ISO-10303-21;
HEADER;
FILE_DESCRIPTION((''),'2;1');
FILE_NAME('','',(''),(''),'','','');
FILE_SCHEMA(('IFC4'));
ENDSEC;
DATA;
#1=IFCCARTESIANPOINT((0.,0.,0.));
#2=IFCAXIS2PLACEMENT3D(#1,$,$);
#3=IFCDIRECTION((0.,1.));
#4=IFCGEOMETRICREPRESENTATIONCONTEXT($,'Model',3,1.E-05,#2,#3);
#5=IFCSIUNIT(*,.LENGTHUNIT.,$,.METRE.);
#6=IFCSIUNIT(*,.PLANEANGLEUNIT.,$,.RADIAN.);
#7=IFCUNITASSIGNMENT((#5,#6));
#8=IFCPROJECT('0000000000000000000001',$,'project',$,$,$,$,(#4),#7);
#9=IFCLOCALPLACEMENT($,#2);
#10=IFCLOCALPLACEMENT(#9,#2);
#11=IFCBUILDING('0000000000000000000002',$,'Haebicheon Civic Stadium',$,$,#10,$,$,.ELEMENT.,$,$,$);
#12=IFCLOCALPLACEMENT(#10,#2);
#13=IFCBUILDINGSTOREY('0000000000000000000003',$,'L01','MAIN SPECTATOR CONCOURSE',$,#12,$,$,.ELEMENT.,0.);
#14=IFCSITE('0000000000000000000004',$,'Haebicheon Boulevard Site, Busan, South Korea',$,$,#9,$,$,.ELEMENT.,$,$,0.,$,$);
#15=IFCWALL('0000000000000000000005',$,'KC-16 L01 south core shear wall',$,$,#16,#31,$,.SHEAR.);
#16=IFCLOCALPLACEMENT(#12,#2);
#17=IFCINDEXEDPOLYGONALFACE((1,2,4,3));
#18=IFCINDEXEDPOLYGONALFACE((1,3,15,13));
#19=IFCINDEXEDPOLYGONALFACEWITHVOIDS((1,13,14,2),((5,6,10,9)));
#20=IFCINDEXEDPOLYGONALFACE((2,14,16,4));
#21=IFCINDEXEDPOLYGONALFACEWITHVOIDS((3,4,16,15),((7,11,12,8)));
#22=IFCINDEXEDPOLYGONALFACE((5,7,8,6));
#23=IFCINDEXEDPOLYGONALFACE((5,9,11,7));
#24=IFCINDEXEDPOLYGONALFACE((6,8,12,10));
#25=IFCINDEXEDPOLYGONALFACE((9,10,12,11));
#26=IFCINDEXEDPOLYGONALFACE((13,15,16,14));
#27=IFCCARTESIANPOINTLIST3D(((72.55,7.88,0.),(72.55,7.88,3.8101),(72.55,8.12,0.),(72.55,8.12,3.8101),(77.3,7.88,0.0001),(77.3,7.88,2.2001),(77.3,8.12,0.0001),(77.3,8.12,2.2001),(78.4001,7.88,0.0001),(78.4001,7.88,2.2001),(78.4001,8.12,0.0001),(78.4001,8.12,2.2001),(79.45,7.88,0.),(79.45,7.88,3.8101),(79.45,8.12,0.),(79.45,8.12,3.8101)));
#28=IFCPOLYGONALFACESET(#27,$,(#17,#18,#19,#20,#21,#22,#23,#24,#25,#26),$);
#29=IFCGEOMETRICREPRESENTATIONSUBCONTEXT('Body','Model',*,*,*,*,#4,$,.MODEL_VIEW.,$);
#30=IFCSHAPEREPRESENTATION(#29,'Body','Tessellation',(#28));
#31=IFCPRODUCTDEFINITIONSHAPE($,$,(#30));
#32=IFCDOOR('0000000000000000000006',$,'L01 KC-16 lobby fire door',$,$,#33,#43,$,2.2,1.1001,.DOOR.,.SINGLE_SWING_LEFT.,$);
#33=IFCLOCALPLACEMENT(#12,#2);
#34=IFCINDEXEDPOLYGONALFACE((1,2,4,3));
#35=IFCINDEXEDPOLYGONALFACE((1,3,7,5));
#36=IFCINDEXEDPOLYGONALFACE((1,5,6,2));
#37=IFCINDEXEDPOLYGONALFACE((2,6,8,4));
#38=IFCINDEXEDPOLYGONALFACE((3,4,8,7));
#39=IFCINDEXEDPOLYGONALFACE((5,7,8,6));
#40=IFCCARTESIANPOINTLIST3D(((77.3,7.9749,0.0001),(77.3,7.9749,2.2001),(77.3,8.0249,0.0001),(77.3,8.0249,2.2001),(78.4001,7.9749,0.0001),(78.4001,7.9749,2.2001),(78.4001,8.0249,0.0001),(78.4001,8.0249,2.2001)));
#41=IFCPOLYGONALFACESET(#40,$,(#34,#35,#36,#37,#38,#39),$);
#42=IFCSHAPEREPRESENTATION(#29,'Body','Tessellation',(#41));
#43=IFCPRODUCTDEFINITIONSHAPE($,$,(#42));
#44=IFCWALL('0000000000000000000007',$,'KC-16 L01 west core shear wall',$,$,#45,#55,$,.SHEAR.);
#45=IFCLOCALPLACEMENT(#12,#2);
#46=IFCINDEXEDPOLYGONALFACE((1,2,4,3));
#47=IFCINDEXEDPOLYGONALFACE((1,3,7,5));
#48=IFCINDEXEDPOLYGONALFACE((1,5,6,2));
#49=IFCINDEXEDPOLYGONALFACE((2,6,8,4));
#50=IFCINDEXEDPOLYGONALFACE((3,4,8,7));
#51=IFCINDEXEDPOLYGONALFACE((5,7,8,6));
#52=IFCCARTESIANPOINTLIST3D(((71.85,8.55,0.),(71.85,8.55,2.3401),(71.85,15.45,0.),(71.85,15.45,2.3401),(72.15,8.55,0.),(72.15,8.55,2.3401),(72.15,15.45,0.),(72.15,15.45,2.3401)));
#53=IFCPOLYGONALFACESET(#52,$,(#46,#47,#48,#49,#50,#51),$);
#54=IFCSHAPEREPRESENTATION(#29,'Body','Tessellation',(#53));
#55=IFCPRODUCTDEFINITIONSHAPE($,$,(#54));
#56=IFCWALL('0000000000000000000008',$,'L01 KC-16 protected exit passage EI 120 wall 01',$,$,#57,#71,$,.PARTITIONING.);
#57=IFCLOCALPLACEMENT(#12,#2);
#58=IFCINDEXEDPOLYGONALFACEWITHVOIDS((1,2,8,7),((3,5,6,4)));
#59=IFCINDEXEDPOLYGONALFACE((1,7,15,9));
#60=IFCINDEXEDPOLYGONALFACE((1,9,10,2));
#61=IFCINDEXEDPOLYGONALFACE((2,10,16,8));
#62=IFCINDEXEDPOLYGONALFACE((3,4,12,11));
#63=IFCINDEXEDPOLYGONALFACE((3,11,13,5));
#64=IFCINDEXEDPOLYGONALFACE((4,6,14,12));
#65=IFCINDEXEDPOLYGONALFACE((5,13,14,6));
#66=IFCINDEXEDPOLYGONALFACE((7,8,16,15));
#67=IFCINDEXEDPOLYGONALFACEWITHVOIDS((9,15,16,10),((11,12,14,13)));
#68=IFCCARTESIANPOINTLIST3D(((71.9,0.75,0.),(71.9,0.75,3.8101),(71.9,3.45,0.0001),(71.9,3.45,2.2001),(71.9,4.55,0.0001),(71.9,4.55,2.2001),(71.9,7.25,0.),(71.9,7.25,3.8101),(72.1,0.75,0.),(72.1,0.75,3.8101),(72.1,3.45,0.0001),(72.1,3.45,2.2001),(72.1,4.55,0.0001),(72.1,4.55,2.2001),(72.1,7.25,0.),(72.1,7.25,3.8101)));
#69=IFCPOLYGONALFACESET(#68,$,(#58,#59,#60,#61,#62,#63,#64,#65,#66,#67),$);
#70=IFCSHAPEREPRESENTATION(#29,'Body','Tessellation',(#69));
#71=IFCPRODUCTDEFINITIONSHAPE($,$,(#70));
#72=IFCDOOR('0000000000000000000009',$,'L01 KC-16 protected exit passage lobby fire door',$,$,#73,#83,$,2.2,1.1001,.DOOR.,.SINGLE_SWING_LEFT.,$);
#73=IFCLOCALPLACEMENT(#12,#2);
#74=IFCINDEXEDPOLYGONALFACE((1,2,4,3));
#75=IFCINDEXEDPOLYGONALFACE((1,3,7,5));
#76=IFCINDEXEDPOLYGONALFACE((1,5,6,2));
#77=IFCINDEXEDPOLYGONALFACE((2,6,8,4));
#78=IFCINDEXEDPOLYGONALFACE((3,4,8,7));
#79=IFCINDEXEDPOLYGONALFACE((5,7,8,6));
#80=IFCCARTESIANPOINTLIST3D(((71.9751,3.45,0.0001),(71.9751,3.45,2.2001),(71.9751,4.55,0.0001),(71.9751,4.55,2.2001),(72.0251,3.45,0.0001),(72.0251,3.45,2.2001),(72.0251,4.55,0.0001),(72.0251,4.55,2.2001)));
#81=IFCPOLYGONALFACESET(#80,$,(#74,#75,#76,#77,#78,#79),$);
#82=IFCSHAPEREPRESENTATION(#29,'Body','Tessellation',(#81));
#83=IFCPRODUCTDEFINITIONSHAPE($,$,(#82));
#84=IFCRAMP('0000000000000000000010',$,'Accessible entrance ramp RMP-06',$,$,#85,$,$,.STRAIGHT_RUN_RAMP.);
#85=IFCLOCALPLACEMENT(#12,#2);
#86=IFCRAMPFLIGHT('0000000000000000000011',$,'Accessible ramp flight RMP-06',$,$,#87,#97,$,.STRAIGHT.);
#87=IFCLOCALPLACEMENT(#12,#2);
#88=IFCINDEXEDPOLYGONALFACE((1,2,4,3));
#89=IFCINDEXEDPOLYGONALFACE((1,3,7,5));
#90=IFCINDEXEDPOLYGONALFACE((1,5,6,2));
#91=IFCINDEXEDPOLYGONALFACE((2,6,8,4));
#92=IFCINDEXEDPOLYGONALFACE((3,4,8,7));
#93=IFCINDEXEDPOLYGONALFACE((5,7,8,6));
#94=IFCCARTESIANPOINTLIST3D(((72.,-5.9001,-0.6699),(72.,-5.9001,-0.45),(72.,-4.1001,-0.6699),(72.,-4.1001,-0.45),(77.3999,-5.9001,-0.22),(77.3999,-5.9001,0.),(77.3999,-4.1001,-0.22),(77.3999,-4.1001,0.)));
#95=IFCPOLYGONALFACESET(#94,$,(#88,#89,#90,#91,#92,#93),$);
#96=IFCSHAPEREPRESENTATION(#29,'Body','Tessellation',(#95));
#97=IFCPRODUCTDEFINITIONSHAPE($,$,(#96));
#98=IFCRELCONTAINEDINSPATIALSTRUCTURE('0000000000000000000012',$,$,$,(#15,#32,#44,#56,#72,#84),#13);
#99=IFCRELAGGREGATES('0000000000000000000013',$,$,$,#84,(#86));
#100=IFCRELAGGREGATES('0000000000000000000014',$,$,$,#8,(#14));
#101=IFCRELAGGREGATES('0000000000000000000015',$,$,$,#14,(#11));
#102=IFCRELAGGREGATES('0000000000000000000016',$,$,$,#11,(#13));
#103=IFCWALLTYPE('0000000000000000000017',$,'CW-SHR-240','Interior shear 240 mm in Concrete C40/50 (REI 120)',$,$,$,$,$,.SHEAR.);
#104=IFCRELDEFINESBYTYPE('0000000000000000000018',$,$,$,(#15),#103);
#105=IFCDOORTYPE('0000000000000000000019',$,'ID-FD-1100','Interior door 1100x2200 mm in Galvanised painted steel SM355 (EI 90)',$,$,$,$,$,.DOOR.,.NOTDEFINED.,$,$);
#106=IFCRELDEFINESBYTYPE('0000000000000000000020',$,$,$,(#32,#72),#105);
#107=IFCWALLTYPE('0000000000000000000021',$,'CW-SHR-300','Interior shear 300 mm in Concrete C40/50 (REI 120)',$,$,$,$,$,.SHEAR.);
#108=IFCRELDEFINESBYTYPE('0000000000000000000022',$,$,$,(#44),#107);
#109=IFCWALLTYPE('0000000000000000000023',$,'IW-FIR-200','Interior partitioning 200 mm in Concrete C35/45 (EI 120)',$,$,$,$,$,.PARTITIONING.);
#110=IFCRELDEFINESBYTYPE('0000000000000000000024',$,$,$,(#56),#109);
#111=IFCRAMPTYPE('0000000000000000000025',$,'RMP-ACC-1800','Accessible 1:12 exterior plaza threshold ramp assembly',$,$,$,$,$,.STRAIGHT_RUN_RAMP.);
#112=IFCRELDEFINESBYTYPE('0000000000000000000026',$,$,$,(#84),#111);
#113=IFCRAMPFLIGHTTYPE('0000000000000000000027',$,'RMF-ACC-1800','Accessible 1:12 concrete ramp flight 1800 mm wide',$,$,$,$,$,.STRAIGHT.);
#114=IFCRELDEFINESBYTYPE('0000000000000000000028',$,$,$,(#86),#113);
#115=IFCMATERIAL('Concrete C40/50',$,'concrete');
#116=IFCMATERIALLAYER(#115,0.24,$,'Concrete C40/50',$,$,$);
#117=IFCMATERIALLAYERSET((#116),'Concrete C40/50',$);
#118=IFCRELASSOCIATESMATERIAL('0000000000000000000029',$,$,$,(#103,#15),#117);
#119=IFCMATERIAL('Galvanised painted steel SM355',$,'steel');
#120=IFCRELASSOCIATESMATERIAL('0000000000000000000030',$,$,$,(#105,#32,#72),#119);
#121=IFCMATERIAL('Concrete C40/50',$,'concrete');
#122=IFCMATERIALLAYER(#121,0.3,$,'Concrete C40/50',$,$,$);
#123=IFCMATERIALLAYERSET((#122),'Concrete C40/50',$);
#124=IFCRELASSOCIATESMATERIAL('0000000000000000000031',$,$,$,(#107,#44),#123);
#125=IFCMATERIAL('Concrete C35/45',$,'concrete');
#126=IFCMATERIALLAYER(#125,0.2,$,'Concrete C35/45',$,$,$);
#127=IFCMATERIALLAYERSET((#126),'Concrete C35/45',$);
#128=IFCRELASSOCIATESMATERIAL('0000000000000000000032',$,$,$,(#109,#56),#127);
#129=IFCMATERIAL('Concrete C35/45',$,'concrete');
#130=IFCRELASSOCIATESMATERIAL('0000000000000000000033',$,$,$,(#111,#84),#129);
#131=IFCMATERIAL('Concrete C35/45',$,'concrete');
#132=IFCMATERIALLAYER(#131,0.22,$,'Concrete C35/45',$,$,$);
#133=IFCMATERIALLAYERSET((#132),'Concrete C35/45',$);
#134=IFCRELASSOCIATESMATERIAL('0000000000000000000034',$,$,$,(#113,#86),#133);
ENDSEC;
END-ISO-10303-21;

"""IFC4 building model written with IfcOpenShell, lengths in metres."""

from ifc_helpers import new_model, si_unit, direction, frame, frame_2d, origin, place, context, subcontext, project, spatial, polyline, rectangle, outline, extrude, material, layer, layer_set, type_object, element, fill, aggregate, save


model = new_model("IFC4")

# Units and contexts
model_context = context("Model", 3, precision=1e-05, world=origin(), true_north=direction((0.0, 1.0)))
body_context = subcontext(model_context, "Body", "Model", "MODEL_VIEW")
ifc_project = project(units=[si_unit("LENGTHUNIT", "METRE"), si_unit("PLANEANGLEUNIT", "RADIAN")], contexts=[model_context])

# Site, building, storey
site_placement = place(None, origin())
site = spatial("IfcSite", under=ifc_project, at=site_placement, Name="Haebicheon Boulevard Site, Busan, South Korea", CompositionType="ELEMENT", RefElevation=0.0)
building_placement = place(site_placement, origin())
building = spatial("IfcBuilding", under=site, at=building_placement, Name="Haebicheon Civic Stadium", CompositionType="ELEMENT")
storey_placement = place(building_placement, origin())
storey = spatial("IfcBuildingStorey", under=building, at=storey_placement, Name="L01", Description="MAIN SPECTATOR CONCOURSE", CompositionType="ELEMENT", Elevation=0.0)

# Wall, opening, door
ifc_material_1 = material(Name="Concrete C40/50", Category="concrete")
ifc_layer_1 = layer(ifc_material_1, 0.24, Name="Concrete C40/50")
ifc_layer_set_1 = layer_set([ifc_layer_1], Name="Concrete C40/50")
wall_type_1 = type_object("IfcWallType", Name="CW-SHR-240", Description="Interior shear 240 mm in Concrete C40/50 (REI 120)", PredefinedType="SHEAR", material=ifc_layer_set_1)
wall_1_placement = place(storey_placement, frame((72.55, 8.0, 0.0), z_axis=(0.0, 0.0, 1.0), x_axis=(1.0, 0.0, 0.0)))
wall_1 = element("IfcWall", 1, at=wall_1_placement, inside=storey, type_object=wall_type_1, material=ifc_layer_set_1, Name="KC-16 L01 south core shear wall", PredefinedType="SHEAR", context=body_context, shape_type="SweptSolid", body=[
    extrude(rectangle(XDim=6.8999, YDim=0.24, at=frame_2d((3.45, 0.0))), origin(), (0.0, 0.0, 1.0), 3.8101),
])
opening_1_placement = place(wall_1_placement, frame((4.75, 0.0, 0.0)))
opening_1 = element("IfcOpeningElement", 2, at=opening_1_placement, cuts=wall_1, PredefinedType="OPENING", context=body_context, shape_type="SweptSolid", body=[
    extrude(rectangle(XDim=1.1001, YDim=2.2, at=frame_2d((0.55, 1.1001))), frame((0.0, 0.1299, 0.0), z_axis=(0.0, -1.0, 0.0), x_axis=(1.0, 0.0, 0.0)), (0.0, 0.0, 1.0), 0.26),
])
ifc_material_2 = material(Name="Galvanised painted steel SM355", Category="steel")
door_type = type_object("IfcDoorType", Name="ID-FD-1100", Description="Interior door 1100x2200 mm in Galvanised painted steel SM355 (EI 90)", OperationType="NOTDEFINED", PredefinedType="DOOR", material=ifc_material_2)
door_1_placement = place(opening_1_placement, origin())
door_1 = element("IfcDoor", 3, at=door_1_placement, inside=storey, type_object=door_type, material=ifc_material_2, Name="L01 KC-16 lobby fire door", OperationType="SINGLE_SWING_LEFT", OverallHeight=2.2, OverallWidth=1.1001, PredefinedType="DOOR", context=body_context, shape_type="SweptSolid", body=[
    extrude(rectangle(XDim=1.1001, YDim=2.2, at=frame_2d((0.55, 1.1001))), frame((0.0, 0.0249, 0.0), z_axis=(0.0, -1.0, 0.0), x_axis=(1.0, 0.0, 0.0)), (0.0, 0.0, 1.0), 0.05),
])
fill(opening_1, door_1)

# Wall
ifc_material_3 = material(Name="Concrete C40/50", Category="concrete")
ifc_layer_2 = layer(ifc_material_3, 0.3, Name="Concrete C40/50")
ifc_layer_set_2 = layer_set([ifc_layer_2], Name="Concrete C40/50")
wall_type_2 = type_object("IfcWallType", Name="CW-SHR-300", Description="Interior shear 300 mm in Concrete C40/50 (REI 120)", PredefinedType="SHEAR", material=ifc_layer_set_2)
wall_2_placement = place(storey_placement, frame((72.0, 8.55, 0.0), z_axis=(0.0, 0.0, 1.0), x_axis=(0.0, 1.0, 0.0)))
element("IfcWall", 4, at=wall_2_placement, inside=storey, type_object=wall_type_2, material=ifc_layer_set_2, Name="KC-16 L01 west core shear wall", PredefinedType="SHEAR", context=body_context, shape_type="SweptSolid", body=[
    extrude(rectangle(XDim=6.8999, YDim=0.3, at=frame_2d((3.45, 0.0))), origin(), (0.0, 0.0, 1.0), 2.3401),
])

# Wall, opening, door
ifc_material_4 = material(Name="Concrete C35/45", Category="concrete")
ifc_layer_3 = layer(ifc_material_4, 0.2, Name="Concrete C35/45")
ifc_layer_set_3 = layer_set([ifc_layer_3], Name="Concrete C35/45")
wall_type_3 = type_object("IfcWallType", Name="IW-FIR-200", Description="Interior partitioning 200 mm in Concrete C35/45 (EI 120)", PredefinedType="PARTITIONING", material=ifc_layer_set_3)
wall_3_placement = place(storey_placement, frame((72.0, 0.75, 0.0), z_axis=(0.0, 0.0, 1.0), x_axis=(0.0, 1.0, 0.0)))
wall_3 = element("IfcWall", 5, at=wall_3_placement, inside=storey, type_object=wall_type_3, material=ifc_layer_set_3, Name="L01 KC-16 protected exit passage EI 120 wall 01", PredefinedType="PARTITIONING", context=body_context, shape_type="SweptSolid", body=[
    extrude(rectangle(XDim=6.5, YDim=0.2, at=frame_2d((3.25, 0.0))), origin(), (0.0, 0.0, 1.0), 3.8101),
])
opening_2_placement = place(wall_3_placement, frame((2.7, 0.0, 0.0)))
opening_2 = element("IfcOpeningElement", 6, at=opening_2_placement, cuts=wall_3, PredefinedType="OPENING", context=body_context, shape_type="SweptSolid", body=[
    extrude(rectangle(XDim=1.1001, YDim=2.2, at=frame_2d((0.55, 1.1001))), frame((0.0, 0.1099, 0.0), z_axis=(0.0, -1.0, 0.0), x_axis=(1.0, 0.0, 0.0)), (0.0, 0.0, 1.0), 0.22),
])
door_2_placement = place(opening_2_placement, origin())
door_2 = element("IfcDoor", 7, at=door_2_placement, inside=storey, type_object=door_type, material=ifc_material_2, Name="L01 KC-16 protected exit passage lobby fire door", OperationType="SINGLE_SWING_LEFT", OverallHeight=2.2, OverallWidth=1.1001, PredefinedType="DOOR", context=body_context, shape_type="SweptSolid", body=[
    extrude(rectangle(XDim=1.1001, YDim=2.2, at=frame_2d((0.55, 1.1001))), frame((0.0, 0.0249, 0.0), z_axis=(0.0, -1.0, 0.0), x_axis=(1.0, 0.0, 0.0)), (0.0, 0.0, 1.0), 0.05),
])
fill(opening_2, door_2)

# Ramp, ramp flight
ifc_material_5 = material(Name="Concrete C35/45", Category="concrete")
ramp_type = type_object("IfcRampType", Name="RMP-ACC-1800", Description="Accessible 1:12 exterior plaza threshold ramp assembly", PredefinedType="STRAIGHT_RUN_RAMP", material=ifc_material_5)
ramp_placement = place(storey_placement, origin())
ramp = element("IfcRamp", 8, at=ramp_placement, inside=storey, type_object=ramp_type, material=ifc_material_5, Name="Accessible entrance ramp RMP-06", PredefinedType="STRAIGHT_RUN_RAMP")
ifc_material_6 = material(Name="Concrete C35/45", Category="concrete")
ifc_layer_4 = layer(ifc_material_6, 0.22, Name="Concrete C35/45")
ifc_layer_set_4 = layer_set([ifc_layer_4], Name="Concrete C35/45")
ramp_flight_type = type_object("IfcRampFlightType", Name="RMF-ACC-1800", Description="Accessible 1:12 concrete ramp flight 1800 mm wide", PredefinedType="STRAIGHT", material=ifc_layer_set_4)
ramp_flight_placement = place(storey_placement, frame((72.0, -5.0, -0.45), z_axis=(0.0, 0.0, 1.0), x_axis=(1.0, 0.0, 0.0)))
ramp_flight = element("IfcRampFlight", 9, at=ramp_flight_placement, type_object=ramp_flight_type, material=ifc_layer_set_4, Name="Accessible ramp flight RMP-06", PredefinedType="STRAIGHT", context=body_context, shape_type="SweptSolid", body=[
    extrude(outline(polyline([(0.0, 0.0), (5.3999, 0.45), (5.3999, 0.23), (0.0, -0.22), (0.0, 0.0)])), frame((0.0, 0.8999, 0.0), z_axis=(0.0, -1.0, 0.0), x_axis=(1.0, 0.0, 0.0)), (0.0, 0.0, 1.0), 1.8),
])
aggregate(ramp, [ramp_flight])

save(model, "model.ifc")
